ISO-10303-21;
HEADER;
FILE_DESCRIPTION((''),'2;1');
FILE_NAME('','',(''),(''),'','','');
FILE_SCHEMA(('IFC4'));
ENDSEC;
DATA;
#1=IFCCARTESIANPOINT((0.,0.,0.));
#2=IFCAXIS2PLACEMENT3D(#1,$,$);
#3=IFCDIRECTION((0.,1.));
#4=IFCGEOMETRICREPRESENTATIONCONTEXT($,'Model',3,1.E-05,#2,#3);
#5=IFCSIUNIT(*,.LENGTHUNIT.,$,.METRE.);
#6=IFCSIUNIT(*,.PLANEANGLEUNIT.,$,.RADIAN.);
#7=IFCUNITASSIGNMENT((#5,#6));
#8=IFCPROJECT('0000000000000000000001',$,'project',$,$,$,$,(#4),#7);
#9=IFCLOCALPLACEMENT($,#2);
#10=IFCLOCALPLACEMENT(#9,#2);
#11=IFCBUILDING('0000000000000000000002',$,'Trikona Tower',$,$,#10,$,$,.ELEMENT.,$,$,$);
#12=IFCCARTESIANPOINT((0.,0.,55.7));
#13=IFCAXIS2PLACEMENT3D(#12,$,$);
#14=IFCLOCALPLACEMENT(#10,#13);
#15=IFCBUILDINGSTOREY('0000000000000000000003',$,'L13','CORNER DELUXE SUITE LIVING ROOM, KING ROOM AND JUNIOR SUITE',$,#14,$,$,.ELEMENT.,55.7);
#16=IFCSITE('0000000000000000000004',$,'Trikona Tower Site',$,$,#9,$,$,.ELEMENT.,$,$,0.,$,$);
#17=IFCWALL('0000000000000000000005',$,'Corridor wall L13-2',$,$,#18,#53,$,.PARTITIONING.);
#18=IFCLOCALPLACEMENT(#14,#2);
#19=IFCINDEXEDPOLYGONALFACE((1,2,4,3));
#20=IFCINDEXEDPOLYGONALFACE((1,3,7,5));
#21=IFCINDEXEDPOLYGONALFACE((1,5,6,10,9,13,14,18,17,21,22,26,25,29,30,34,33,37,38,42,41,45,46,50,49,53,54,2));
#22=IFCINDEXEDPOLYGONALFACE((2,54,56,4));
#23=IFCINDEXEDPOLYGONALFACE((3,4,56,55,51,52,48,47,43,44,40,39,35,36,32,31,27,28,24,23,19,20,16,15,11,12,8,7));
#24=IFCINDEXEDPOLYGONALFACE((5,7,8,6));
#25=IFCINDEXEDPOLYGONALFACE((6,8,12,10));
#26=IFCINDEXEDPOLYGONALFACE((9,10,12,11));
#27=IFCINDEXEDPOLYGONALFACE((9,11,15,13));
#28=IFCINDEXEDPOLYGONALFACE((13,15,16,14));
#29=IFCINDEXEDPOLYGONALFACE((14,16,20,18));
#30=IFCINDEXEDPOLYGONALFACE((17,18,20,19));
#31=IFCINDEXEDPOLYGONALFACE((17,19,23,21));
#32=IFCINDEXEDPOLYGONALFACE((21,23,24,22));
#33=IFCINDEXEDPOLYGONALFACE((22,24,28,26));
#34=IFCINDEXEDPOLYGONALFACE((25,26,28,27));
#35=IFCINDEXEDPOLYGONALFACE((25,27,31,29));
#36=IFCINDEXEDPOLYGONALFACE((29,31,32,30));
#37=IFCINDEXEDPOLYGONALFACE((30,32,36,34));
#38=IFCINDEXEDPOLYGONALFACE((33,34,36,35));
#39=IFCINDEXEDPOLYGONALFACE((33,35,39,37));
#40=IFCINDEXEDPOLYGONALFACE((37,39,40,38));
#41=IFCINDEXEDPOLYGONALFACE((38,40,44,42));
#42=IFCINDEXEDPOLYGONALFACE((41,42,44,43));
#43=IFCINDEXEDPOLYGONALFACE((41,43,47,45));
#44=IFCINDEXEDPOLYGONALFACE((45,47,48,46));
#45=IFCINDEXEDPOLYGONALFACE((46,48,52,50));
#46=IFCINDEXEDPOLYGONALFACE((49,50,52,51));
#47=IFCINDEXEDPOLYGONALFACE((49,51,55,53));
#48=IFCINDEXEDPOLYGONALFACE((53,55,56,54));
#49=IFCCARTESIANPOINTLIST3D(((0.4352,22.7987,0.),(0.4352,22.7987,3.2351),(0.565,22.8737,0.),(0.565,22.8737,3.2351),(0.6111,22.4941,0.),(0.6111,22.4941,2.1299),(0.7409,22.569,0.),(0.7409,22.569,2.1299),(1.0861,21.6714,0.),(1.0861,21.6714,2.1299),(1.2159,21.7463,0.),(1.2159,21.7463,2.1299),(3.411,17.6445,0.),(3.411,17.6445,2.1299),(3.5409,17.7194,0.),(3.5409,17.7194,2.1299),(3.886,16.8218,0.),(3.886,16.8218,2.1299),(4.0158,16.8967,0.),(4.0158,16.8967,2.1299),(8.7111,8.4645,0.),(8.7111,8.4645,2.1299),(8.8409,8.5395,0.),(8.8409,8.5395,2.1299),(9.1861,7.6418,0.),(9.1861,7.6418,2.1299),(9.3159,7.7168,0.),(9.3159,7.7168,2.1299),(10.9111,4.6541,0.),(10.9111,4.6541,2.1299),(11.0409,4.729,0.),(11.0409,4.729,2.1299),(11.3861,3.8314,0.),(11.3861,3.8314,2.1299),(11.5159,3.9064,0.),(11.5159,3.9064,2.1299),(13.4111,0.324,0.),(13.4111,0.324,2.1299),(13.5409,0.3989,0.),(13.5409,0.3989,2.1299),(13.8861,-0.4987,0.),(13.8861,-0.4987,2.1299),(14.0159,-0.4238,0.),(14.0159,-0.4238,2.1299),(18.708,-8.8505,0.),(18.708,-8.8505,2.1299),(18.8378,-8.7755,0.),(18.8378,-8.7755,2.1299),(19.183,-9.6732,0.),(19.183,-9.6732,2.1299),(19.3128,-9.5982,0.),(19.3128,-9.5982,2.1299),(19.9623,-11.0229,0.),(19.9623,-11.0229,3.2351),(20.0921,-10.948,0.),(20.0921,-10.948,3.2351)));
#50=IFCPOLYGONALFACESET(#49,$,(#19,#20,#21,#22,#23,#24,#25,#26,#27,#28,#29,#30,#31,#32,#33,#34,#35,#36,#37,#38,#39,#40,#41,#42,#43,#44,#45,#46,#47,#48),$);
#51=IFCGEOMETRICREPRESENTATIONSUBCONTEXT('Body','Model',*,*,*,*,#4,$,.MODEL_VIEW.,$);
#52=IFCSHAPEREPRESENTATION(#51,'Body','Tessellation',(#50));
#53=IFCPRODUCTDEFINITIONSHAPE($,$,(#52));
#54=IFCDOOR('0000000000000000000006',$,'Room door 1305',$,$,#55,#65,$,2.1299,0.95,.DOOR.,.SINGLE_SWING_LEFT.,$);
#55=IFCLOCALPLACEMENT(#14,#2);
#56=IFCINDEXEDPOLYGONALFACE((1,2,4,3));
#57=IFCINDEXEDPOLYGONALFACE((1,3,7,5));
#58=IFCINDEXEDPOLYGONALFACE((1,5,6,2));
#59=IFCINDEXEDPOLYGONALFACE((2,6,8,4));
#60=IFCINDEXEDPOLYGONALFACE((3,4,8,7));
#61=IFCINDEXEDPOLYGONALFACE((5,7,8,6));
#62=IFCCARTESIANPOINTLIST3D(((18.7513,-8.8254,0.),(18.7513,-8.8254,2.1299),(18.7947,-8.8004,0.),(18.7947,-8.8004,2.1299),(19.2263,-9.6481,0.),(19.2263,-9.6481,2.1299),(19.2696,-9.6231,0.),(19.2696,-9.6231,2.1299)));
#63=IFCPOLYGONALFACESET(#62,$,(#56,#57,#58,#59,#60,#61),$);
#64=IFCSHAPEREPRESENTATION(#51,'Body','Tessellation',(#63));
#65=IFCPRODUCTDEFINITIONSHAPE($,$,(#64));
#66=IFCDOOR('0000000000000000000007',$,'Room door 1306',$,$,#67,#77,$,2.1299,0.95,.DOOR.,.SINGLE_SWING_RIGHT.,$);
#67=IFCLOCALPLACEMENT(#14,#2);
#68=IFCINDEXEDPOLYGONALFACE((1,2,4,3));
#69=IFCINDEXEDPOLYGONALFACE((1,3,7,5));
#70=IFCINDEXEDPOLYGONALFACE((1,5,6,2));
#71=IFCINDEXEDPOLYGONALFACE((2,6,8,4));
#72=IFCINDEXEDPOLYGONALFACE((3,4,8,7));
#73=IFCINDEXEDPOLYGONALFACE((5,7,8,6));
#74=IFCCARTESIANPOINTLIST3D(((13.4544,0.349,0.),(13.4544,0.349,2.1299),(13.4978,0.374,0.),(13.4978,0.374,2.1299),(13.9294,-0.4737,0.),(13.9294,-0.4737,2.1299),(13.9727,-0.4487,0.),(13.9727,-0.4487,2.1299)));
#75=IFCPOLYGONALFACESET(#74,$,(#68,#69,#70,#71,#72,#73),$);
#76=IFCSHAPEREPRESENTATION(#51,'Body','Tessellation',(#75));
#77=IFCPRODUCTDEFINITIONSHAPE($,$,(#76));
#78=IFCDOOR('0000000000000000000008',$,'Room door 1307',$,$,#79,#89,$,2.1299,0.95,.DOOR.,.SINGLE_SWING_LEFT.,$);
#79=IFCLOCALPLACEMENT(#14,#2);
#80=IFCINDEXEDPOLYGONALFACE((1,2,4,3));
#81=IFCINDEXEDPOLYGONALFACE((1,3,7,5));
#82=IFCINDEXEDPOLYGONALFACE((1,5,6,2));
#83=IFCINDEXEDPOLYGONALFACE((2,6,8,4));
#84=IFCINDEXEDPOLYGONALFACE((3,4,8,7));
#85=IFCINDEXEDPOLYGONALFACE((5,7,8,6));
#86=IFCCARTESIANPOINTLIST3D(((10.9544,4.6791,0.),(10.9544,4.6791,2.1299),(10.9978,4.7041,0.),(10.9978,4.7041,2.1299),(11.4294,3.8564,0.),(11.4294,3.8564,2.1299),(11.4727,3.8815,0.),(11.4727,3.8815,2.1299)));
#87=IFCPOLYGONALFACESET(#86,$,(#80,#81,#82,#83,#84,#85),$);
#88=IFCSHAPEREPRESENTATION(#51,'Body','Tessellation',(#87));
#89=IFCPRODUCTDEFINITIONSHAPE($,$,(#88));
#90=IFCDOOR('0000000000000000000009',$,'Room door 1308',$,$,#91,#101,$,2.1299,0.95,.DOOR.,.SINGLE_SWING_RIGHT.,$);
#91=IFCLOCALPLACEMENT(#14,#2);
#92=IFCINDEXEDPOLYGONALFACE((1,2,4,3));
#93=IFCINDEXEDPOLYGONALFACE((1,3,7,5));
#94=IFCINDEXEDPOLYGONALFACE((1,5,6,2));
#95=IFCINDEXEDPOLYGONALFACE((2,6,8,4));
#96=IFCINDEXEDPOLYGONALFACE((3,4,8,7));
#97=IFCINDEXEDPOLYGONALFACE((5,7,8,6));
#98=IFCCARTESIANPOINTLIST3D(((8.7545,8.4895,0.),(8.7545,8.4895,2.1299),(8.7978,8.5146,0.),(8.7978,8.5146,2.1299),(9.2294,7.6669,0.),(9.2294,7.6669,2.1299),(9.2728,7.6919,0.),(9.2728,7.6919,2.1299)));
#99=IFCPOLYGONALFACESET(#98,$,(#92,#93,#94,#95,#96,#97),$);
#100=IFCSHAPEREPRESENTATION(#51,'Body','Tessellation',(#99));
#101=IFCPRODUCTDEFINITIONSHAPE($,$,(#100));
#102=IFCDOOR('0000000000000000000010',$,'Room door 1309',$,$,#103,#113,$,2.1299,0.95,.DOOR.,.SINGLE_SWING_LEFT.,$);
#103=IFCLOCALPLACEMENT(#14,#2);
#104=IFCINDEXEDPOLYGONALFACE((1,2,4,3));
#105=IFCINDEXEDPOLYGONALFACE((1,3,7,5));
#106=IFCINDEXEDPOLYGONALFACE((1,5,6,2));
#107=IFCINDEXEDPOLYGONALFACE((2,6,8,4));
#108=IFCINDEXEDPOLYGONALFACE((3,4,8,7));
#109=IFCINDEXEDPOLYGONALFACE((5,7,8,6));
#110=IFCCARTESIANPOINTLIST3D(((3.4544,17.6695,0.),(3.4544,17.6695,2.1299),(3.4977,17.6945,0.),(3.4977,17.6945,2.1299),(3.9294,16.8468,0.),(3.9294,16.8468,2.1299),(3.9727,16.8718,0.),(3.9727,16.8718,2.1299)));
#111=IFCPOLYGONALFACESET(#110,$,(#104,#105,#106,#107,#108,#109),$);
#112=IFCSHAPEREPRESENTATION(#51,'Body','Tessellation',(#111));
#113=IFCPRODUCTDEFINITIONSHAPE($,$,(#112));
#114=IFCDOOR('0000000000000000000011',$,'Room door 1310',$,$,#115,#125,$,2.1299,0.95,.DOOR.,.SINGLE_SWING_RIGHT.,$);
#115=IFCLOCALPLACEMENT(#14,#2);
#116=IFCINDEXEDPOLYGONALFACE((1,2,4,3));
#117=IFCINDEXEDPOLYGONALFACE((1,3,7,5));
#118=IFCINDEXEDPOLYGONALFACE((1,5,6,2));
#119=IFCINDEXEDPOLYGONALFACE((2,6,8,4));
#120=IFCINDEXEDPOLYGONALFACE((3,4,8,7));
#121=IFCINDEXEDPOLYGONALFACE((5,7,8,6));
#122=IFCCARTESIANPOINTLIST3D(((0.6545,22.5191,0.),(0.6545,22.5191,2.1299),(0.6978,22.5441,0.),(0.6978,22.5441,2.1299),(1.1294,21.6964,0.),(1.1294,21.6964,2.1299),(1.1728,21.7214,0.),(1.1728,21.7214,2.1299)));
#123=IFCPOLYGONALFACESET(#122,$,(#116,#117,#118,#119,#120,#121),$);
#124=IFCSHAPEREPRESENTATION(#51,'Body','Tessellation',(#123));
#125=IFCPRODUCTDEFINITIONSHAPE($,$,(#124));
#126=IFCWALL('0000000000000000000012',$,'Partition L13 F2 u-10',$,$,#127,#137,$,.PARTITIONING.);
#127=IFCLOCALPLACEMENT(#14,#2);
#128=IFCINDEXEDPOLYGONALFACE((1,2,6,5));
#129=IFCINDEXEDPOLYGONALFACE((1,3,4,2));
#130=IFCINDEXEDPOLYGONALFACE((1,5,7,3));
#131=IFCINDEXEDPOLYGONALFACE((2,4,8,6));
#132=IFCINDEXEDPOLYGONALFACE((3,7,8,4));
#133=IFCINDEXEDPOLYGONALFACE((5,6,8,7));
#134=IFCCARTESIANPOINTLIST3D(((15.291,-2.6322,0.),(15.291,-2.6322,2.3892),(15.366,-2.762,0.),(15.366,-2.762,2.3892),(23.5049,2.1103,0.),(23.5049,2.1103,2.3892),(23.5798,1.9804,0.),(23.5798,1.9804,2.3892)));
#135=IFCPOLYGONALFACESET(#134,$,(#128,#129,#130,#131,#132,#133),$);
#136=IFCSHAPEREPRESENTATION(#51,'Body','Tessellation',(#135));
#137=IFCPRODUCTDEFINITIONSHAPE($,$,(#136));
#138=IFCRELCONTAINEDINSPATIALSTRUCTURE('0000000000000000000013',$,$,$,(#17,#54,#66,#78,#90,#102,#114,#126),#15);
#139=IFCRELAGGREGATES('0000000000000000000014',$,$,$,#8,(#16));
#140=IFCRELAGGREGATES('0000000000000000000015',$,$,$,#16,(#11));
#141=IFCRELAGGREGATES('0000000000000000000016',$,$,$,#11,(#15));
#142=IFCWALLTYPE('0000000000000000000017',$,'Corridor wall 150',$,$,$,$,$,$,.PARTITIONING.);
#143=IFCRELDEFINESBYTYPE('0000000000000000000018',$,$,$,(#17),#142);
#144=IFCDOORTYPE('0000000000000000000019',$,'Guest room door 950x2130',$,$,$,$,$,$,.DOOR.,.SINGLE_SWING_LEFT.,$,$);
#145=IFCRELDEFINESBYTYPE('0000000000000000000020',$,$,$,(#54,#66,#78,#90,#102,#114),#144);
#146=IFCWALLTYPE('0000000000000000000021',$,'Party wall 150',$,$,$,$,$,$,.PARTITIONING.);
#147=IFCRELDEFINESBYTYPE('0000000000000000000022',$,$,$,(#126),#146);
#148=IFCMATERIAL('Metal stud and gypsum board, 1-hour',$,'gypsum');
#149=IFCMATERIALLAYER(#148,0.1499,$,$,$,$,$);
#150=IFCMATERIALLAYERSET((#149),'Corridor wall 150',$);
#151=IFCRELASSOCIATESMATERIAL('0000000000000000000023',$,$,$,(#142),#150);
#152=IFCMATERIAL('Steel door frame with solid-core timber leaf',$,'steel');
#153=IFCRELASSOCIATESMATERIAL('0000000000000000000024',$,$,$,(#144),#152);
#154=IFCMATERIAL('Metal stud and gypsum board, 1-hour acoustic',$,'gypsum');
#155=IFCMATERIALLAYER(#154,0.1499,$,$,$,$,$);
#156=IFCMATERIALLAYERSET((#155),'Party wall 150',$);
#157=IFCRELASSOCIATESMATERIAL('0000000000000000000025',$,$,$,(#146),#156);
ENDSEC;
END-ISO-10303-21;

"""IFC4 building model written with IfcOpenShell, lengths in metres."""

from ifc_helpers import new_model, si_unit, direction, frame, frame_2d, origin, place, context, subcontext, project, spatial, rectangle, extrude, material, layer, layer_set, type_object, element, fill, save


model = new_model("IFC4")

# Units and contexts
model_context = context("Model", 3, precision=1e-05, world=origin(), true_north=direction((0.0, 1.0)))
body_context = subcontext(model_context, "Body", "Model", "MODEL_VIEW")
ifc_project = project(units=[si_unit("LENGTHUNIT", "METRE"), si_unit("PLANEANGLEUNIT", "RADIAN")], contexts=[model_context])

# Site, building, storey
site_placement = place(None, origin())
site = spatial("IfcSite", under=ifc_project, at=site_placement, Name="Trikona Tower Site", CompositionType="ELEMENT", RefElevation=0.0)
building_placement = place(site_placement, origin())
building = spatial("IfcBuilding", under=site, at=building_placement, Name="Trikona Tower", CompositionType="ELEMENT")
storey_placement = place(building_placement, frame((0.0, 0.0, 55.7)))
storey = spatial("IfcBuildingStorey", under=building, at=storey_placement, Name="L13", Description="CORNER DELUXE SUITE LIVING ROOM, KING ROOM AND JUNIOR SUITE", CompositionType="ELEMENT", Elevation=55.7)

# Wall, openings, doors
ifc_material_1 = material(Name="Metal stud and gypsum board, 1-hour", Category="gypsum")
ifc_layer_1 = layer(ifc_material_1, 0.1499)
ifc_layer_set_1 = layer_set([ifc_layer_1], Name="Corridor wall 150")
wall_type_1 = type_object("IfcWallType", Name="Corridor wall 150", PredefinedType="PARTITIONING", material=ifc_layer_set_1)
wall_1_placement = place(storey_placement, frame((20.0271, -10.9854, 0.0), z_axis=(0.0, 0.0, 1.0), x_axis=(-0.500002, 0.866024, 0.0)))
wall_1 = element("IfcWall", 1, at=wall_1_placement, inside=storey, type_object=wall_type_1, Name="Corridor wall L13-2", PredefinedType="PARTITIONING", context=body_context, shape_type="SweptSolid", body=[
    extrude(rectangle(XDim=39.054, YDim=0.1499, at=frame_2d((19.5269, 0.0))), origin(), (0.0, 0.0, 1.0), 3.2351),
])
opening_1_placement = place(wall_1_placement, frame((1.5583, 0.0, 0.0)))
opening_1 = element("IfcOpeningElement", 2, at=opening_1_placement, cuts=wall_1, PredefinedType="OPENING", context=body_context, shape_type="SweptSolid", body=[
    extrude(rectangle(XDim=0.95, YDim=2.1299, at=frame_2d((0.4751, 1.0649))), frame((0.0, 0.085, 0.0), z_axis=(0.0, -1.0, 0.0), x_axis=(1.0, 0.0, 0.0)), (0.0, 0.0, 1.0), 0.1699),
])
opening_2_placement = place(wall_1_placement, frame((12.1521, 0.0, 0.0)))
opening_2 = element("IfcOpeningElement", 3, at=opening_2_placement, cuts=wall_1, PredefinedType="OPENING", context=body_context, shape_type="SweptSolid", body=[
    extrude(rectangle(XDim=0.95, YDim=2.1299, at=frame_2d((0.4751, 1.0649))), frame((0.0, 0.085, 0.0), z_axis=(0.0, -1.0, 0.0), x_axis=(1.0, 0.0, 0.0)), (0.0, 0.0, 1.0), 0.1699),
])
opening_3_placement = place(wall_1_placement, frame((17.1521, 0.0, 0.0)))
opening_3 = element("IfcOpeningElement", 4, at=opening_3_placement, cuts=wall_1, PredefinedType="OPENING", context=body_context, shape_type="SweptSolid", body=[
    extrude(rectangle(XDim=0.95, YDim=2.1299, at=frame_2d((0.4751, 1.0649))), frame((0.0, 0.085, 0.0), z_axis=(0.0, -1.0, 0.0), x_axis=(1.0, 0.0, 0.0)), (0.0, 0.0, 1.0), 0.1699),
])
opening_4_placement = place(wall_1_placement, frame((21.552, 0.0, 0.0)))
opening_4 = element("IfcOpeningElement", 5, at=opening_4_placement, cuts=wall_1, PredefinedType="OPENING", context=body_context, shape_type="SweptSolid", body=[
    extrude(rectangle(XDim=0.95, YDim=2.1299, at=frame_2d((0.4751, 1.0649))), frame((0.0, 0.085, 0.0), z_axis=(0.0, -1.0, 0.0), x_axis=(1.0, 0.0, 0.0)), (0.0, 0.0, 1.0), 0.1699),
])
opening_5_placement = place(wall_1_placement, frame((32.1521, 0.0, 0.0)))
opening_5 = element("IfcOpeningElement", 6, at=opening_5_placement, cuts=wall_1, PredefinedType="OPENING", context=body_context, shape_type="SweptSolid", body=[
    extrude(rectangle(XDim=0.95, YDim=2.1299, at=frame_2d((0.4751, 1.0649))), frame((0.0, 0.085, 0.0), z_axis=(0.0, -1.0, 0.0), x_axis=(1.0, 0.0, 0.0)), (0.0, 0.0, 1.0), 0.1699),
])
opening_6_placement = place(wall_1_placement, frame((37.752, 0.0, 0.0)))
opening_6 = element("IfcOpeningElement", 7, at=opening_6_placement, cuts=wall_1, PredefinedType="OPENING", context=body_context, shape_type="SweptSolid", body=[
    extrude(rectangle(XDim=0.95, YDim=2.1299, at=frame_2d((0.4751, 1.0649))), frame((0.0, 0.085, 0.0), z_axis=(0.0, -1.0, 0.0), x_axis=(1.0, 0.0, 0.0)), (0.0, 0.0, 1.0), 0.1699),
])
ifc_material_2 = material(Name="Steel door frame with solid-core timber leaf", Category="steel")
door_type_1 = type_object("IfcDoorType", Name="Guest room door 950x2130", OperationType="SINGLE_SWING_LEFT", PredefinedType="DOOR", material=ifc_material_2)
door_1_placement = place(opening_1_placement, origin())
door_1 = element("IfcDoor", 8, at=door_1_placement, inside=storey, type_object=door_type_1, Name="Room door 1305", OperationType="SINGLE_SWING_LEFT", OverallHeight=2.1299, OverallWidth=0.95, PredefinedType="DOOR", context=body_context, shape_type="SweptSolid", body=[
    extrude(rectangle(XDim=0.95, YDim=2.1299, at=frame_2d((0.4751, 1.0649))), frame((0.0, 0.0249, 0.0), z_axis=(0.0, -1.0, 0.0), x_axis=(1.0, 0.0, 0.0)), (0.0, 0.0, 1.0), 0.05),
])
fill(opening_1, door_1)
door_2_placement = place(opening_2_placement, origin())
door_2 = element("IfcDoor", 9, at=door_2_placement, inside=storey, type_object=door_type_1, Name="Room door 1306", OperationType="SINGLE_SWING_RIGHT", OverallHeight=2.1299, OverallWidth=0.95, PredefinedType="DOOR", context=body_context, shape_type="SweptSolid", body=[
    extrude(rectangle(XDim=0.95, YDim=2.1299, at=frame_2d((0.4751, 1.0649))), frame((0.0, 0.0249, 0.0), z_axis=(0.0, -1.0, 0.0), x_axis=(1.0, 0.0, 0.0)), (0.0, 0.0, 1.0), 0.05),
])
fill(opening_2, door_2)
door_3_placement = place(opening_3_placement, origin())
door_3 = element("IfcDoor", 10, at=door_3_placement, inside=storey, type_object=door_type_1, Name="Room door 1307", OperationType="SINGLE_SWING_LEFT", OverallHeight=2.1299, OverallWidth=0.95, PredefinedType="DOOR", context=body_context, shape_type="SweptSolid", body=[
    extrude(rectangle(XDim=0.95, YDim=2.1299, at=frame_2d((0.4751, 1.0649))), frame((0.0, 0.0249, 0.0), z_axis=(0.0, -1.0, 0.0), x_axis=(1.0, 0.0, 0.0)), (0.0, 0.0, 1.0), 0.05),
])
fill(opening_3, door_3)
door_4_placement = place(opening_4_placement, origin())
door_4 = element("IfcDoor", 11, at=door_4_placement, inside=storey, type_object=door_type_1, Name="Room door 1308", OperationType="SINGLE_SWING_RIGHT", OverallHeight=2.1299, OverallWidth=0.95, PredefinedType="DOOR", context=body_context, shape_type="SweptSolid", body=[
    extrude(rectangle(XDim=0.95, YDim=2.1299, at=frame_2d((0.4751, 1.0649))), frame((0.0, 0.0249, 0.0), z_axis=(0.0, -1.0, 0.0), x_axis=(1.0, 0.0, 0.0)), (0.0, 0.0, 1.0), 0.05),
])
fill(opening_4, door_4)
door_5_placement = place(opening_5_placement, origin())
door_5 = element("IfcDoor", 12, at=door_5_placement, inside=storey, type_object=door_type_1, Name="Room door 1309", OperationType="SINGLE_SWING_LEFT", OverallHeight=2.1299, OverallWidth=0.95, PredefinedType="DOOR", context=body_context, shape_type="SweptSolid", body=[
    extrude(rectangle(XDim=0.95, YDim=2.1299, at=frame_2d((0.4751, 1.0649))), frame((0.0, 0.0249, 0.0), z_axis=(0.0, -1.0, 0.0), x_axis=(1.0, 0.0, 0.0)), (0.0, 0.0, 1.0), 0.05),
])
fill(opening_5, door_5)
door_6_placement = place(opening_6_placement, origin())
door_6 = element("IfcDoor", 13, at=door_6_placement, inside=storey, type_object=door_type_1, Name="Room door 1310", OperationType="SINGLE_SWING_RIGHT", OverallHeight=2.1299, OverallWidth=0.95, PredefinedType="DOOR", context=body_context, shape_type="SweptSolid", body=[
    extrude(rectangle(XDim=0.95, YDim=2.1299, at=frame_2d((0.4751, 1.0649))), frame((0.0, 0.0249, 0.0), z_axis=(0.0, -1.0, 0.0), x_axis=(1.0, 0.0, 0.0)), (0.0, 0.0, 1.0), 0.05),
])
fill(opening_6, door_6)

# Wall
ifc_material_3 = material(Name="Metal stud and gypsum board, 1-hour acoustic", Category="gypsum")
ifc_layer_2 = layer(ifc_material_3, 0.1499)
ifc_layer_set_2 = layer_set([ifc_layer_2], Name="Party wall 150")
wall_type_2 = type_object("IfcWallType", Name="Party wall 150", PredefinedType="PARTITIONING", material=ifc_layer_set_2)
wall_2_placement = place(storey_placement, frame((15.3286, -2.697, 0.0), z_axis=(0.0, 0.0, 1.0), x_axis=(0.866018, 0.500012, 0.0)))
element("IfcWall", 14, at=wall_2_placement, inside=storey, type_object=wall_type_2, Name="Partition L13 F2 u-10", PredefinedType="PARTITIONING", context=body_context, shape_type="SweptSolid", body=[
    extrude(rectangle(XDim=9.4846, YDim=0.1499, at=frame_2d((4.7422, 0.0))), origin(), (0.0, 0.0, 1.0), 2.3892),
])

save(model, "model.ifc")
